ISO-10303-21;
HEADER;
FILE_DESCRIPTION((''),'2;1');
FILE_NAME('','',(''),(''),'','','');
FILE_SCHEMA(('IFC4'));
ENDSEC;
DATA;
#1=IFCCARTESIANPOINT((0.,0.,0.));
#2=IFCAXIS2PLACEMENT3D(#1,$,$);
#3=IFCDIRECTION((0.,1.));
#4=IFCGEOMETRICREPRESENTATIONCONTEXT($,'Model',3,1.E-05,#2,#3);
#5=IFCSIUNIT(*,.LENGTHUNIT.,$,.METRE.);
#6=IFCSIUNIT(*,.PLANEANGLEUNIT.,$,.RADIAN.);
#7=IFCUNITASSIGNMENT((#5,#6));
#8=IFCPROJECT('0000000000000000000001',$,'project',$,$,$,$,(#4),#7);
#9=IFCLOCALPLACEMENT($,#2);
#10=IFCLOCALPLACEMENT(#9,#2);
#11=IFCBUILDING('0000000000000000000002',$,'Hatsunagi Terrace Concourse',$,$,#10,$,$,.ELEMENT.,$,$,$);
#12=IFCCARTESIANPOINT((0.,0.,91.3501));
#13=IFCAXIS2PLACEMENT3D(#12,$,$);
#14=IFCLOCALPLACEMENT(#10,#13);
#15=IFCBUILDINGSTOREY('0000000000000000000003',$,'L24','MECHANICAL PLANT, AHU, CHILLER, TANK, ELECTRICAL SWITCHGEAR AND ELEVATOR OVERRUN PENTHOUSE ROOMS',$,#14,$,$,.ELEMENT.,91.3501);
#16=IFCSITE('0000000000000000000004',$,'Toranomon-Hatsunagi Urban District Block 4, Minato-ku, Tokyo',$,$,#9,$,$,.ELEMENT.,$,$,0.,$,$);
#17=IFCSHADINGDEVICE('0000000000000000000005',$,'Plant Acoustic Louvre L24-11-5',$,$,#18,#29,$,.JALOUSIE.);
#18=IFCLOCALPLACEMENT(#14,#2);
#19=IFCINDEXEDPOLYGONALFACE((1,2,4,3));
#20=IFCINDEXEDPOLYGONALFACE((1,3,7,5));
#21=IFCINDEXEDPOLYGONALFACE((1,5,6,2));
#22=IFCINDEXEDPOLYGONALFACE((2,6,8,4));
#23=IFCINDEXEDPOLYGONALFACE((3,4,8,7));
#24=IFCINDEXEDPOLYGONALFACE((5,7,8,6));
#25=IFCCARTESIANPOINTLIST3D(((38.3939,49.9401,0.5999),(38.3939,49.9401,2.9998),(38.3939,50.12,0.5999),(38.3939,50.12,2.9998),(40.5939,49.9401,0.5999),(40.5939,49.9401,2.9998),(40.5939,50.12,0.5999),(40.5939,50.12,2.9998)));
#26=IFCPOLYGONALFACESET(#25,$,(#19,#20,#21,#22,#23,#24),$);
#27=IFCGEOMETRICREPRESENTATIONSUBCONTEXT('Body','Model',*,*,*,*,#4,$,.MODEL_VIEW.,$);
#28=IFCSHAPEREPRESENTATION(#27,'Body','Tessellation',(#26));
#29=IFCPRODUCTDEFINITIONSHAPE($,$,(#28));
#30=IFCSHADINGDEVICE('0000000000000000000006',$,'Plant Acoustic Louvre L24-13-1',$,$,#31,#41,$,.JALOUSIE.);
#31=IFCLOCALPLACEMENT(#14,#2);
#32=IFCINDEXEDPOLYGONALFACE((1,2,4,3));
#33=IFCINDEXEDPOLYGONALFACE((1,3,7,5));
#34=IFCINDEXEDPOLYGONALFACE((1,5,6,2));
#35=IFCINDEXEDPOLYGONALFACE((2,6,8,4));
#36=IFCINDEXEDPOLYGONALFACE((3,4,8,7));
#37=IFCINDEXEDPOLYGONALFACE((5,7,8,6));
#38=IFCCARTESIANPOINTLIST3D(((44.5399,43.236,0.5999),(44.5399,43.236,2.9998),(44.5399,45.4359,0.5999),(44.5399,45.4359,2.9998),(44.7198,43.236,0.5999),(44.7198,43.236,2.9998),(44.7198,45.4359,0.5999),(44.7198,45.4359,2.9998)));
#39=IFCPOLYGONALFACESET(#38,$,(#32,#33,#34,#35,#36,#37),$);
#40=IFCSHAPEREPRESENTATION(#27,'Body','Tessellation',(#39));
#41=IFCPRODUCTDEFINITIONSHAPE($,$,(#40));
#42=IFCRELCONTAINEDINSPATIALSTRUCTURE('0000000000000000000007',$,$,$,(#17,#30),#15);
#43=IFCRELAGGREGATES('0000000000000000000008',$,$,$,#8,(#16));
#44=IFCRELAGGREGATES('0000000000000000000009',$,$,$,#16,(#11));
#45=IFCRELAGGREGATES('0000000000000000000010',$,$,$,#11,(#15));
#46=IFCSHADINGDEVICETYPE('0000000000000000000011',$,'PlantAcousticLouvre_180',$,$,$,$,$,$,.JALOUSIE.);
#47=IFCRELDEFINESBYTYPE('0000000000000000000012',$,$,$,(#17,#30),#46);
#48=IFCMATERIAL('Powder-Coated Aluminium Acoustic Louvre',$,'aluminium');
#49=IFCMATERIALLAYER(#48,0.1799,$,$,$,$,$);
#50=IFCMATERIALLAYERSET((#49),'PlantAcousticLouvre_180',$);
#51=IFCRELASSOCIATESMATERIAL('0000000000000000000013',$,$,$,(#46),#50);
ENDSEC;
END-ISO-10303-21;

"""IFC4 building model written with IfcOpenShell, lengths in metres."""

from ifc_helpers import new_model, si_unit, direction, frame, origin, origin_2d, place, context, subcontext, project, spatial, rectangle, extrude, material, layer, layer_set, type_object, element, save


model = new_model("IFC4")

# Units and contexts
model_context = context("Model", 3, precision=1e-05, world=origin(), true_north=direction((0.0, 1.0)))
body_context = subcontext(model_context, "Body", "Model", "MODEL_VIEW")
ifc_project = project(units=[si_unit("LENGTHUNIT", "METRE"), si_unit("PLANEANGLEUNIT", "RADIAN")], contexts=[model_context])

# Site, building, storey
site_placement = place(None, origin())
site = spatial("IfcSite", under=ifc_project, at=site_placement, Name="Toranomon-Hatsunagi Urban District Block 4, Minato-ku, Tokyo", CompositionType="ELEMENT", RefElevation=0.0)
building_placement = place(site_placement, origin())
building = spatial("IfcBuilding", under=site, at=building_placement, Name="Hatsunagi Terrace Concourse", CompositionType="ELEMENT")
storey_placement = place(building_placement, frame((0.0, 0.0, 91.3501)))
storey = spatial("IfcBuildingStorey", under=building, at=storey_placement, Name="L24", Description="MECHANICAL PLANT, AHU, CHILLER, TANK, ELECTRICAL SWITCHGEAR AND ELEVATOR OVERRUN PENTHOUSE ROOMS", CompositionType="ELEMENT", Elevation=91.3501)

# Shading devices
ifc_material_1 = material(Name="Powder-Coated Aluminium Acoustic Louvre", Category="aluminium")
ifc_layer_1 = layer(ifc_material_1, 0.1799)
ifc_layer_set_1 = layer_set([ifc_layer_1], Name="PlantAcousticLouvre_180")
shading_device_type = type_object("IfcShadingDeviceType", Name="PlantAcousticLouvre_180", PredefinedType="JALOUSIE", material=ifc_layer_set_1)
for number, where, z_axis, x_axis, name in (
    (1, (39.4939, 50.03, 0.5999), (0.0, 0.0, 1.0), (1.0, 0.0, 0.0), "Plant Acoustic Louvre L24-11-5"),
    (2, (44.6299, 44.3359, 0.5999), (0.0, 0.0, 1.0), (0.0, -1.0, 0.0), "Plant Acoustic Louvre L24-13-1"),
):
    element("IfcShadingDevice", number, at=place(storey_placement, frame(where, z_axis=z_axis, x_axis=x_axis)), inside=storey, type_object=shading_device_type, Name=name, PredefinedType="JALOUSIE", context=body_context, shape_type="SweptSolid", body=[
        extrude(rectangle(XDim=2.2, YDim=0.1799, at=origin_2d()), origin(), (0.0, 0.0, 1.0), 2.3999),
    ])

save(model, "model.ifc")
